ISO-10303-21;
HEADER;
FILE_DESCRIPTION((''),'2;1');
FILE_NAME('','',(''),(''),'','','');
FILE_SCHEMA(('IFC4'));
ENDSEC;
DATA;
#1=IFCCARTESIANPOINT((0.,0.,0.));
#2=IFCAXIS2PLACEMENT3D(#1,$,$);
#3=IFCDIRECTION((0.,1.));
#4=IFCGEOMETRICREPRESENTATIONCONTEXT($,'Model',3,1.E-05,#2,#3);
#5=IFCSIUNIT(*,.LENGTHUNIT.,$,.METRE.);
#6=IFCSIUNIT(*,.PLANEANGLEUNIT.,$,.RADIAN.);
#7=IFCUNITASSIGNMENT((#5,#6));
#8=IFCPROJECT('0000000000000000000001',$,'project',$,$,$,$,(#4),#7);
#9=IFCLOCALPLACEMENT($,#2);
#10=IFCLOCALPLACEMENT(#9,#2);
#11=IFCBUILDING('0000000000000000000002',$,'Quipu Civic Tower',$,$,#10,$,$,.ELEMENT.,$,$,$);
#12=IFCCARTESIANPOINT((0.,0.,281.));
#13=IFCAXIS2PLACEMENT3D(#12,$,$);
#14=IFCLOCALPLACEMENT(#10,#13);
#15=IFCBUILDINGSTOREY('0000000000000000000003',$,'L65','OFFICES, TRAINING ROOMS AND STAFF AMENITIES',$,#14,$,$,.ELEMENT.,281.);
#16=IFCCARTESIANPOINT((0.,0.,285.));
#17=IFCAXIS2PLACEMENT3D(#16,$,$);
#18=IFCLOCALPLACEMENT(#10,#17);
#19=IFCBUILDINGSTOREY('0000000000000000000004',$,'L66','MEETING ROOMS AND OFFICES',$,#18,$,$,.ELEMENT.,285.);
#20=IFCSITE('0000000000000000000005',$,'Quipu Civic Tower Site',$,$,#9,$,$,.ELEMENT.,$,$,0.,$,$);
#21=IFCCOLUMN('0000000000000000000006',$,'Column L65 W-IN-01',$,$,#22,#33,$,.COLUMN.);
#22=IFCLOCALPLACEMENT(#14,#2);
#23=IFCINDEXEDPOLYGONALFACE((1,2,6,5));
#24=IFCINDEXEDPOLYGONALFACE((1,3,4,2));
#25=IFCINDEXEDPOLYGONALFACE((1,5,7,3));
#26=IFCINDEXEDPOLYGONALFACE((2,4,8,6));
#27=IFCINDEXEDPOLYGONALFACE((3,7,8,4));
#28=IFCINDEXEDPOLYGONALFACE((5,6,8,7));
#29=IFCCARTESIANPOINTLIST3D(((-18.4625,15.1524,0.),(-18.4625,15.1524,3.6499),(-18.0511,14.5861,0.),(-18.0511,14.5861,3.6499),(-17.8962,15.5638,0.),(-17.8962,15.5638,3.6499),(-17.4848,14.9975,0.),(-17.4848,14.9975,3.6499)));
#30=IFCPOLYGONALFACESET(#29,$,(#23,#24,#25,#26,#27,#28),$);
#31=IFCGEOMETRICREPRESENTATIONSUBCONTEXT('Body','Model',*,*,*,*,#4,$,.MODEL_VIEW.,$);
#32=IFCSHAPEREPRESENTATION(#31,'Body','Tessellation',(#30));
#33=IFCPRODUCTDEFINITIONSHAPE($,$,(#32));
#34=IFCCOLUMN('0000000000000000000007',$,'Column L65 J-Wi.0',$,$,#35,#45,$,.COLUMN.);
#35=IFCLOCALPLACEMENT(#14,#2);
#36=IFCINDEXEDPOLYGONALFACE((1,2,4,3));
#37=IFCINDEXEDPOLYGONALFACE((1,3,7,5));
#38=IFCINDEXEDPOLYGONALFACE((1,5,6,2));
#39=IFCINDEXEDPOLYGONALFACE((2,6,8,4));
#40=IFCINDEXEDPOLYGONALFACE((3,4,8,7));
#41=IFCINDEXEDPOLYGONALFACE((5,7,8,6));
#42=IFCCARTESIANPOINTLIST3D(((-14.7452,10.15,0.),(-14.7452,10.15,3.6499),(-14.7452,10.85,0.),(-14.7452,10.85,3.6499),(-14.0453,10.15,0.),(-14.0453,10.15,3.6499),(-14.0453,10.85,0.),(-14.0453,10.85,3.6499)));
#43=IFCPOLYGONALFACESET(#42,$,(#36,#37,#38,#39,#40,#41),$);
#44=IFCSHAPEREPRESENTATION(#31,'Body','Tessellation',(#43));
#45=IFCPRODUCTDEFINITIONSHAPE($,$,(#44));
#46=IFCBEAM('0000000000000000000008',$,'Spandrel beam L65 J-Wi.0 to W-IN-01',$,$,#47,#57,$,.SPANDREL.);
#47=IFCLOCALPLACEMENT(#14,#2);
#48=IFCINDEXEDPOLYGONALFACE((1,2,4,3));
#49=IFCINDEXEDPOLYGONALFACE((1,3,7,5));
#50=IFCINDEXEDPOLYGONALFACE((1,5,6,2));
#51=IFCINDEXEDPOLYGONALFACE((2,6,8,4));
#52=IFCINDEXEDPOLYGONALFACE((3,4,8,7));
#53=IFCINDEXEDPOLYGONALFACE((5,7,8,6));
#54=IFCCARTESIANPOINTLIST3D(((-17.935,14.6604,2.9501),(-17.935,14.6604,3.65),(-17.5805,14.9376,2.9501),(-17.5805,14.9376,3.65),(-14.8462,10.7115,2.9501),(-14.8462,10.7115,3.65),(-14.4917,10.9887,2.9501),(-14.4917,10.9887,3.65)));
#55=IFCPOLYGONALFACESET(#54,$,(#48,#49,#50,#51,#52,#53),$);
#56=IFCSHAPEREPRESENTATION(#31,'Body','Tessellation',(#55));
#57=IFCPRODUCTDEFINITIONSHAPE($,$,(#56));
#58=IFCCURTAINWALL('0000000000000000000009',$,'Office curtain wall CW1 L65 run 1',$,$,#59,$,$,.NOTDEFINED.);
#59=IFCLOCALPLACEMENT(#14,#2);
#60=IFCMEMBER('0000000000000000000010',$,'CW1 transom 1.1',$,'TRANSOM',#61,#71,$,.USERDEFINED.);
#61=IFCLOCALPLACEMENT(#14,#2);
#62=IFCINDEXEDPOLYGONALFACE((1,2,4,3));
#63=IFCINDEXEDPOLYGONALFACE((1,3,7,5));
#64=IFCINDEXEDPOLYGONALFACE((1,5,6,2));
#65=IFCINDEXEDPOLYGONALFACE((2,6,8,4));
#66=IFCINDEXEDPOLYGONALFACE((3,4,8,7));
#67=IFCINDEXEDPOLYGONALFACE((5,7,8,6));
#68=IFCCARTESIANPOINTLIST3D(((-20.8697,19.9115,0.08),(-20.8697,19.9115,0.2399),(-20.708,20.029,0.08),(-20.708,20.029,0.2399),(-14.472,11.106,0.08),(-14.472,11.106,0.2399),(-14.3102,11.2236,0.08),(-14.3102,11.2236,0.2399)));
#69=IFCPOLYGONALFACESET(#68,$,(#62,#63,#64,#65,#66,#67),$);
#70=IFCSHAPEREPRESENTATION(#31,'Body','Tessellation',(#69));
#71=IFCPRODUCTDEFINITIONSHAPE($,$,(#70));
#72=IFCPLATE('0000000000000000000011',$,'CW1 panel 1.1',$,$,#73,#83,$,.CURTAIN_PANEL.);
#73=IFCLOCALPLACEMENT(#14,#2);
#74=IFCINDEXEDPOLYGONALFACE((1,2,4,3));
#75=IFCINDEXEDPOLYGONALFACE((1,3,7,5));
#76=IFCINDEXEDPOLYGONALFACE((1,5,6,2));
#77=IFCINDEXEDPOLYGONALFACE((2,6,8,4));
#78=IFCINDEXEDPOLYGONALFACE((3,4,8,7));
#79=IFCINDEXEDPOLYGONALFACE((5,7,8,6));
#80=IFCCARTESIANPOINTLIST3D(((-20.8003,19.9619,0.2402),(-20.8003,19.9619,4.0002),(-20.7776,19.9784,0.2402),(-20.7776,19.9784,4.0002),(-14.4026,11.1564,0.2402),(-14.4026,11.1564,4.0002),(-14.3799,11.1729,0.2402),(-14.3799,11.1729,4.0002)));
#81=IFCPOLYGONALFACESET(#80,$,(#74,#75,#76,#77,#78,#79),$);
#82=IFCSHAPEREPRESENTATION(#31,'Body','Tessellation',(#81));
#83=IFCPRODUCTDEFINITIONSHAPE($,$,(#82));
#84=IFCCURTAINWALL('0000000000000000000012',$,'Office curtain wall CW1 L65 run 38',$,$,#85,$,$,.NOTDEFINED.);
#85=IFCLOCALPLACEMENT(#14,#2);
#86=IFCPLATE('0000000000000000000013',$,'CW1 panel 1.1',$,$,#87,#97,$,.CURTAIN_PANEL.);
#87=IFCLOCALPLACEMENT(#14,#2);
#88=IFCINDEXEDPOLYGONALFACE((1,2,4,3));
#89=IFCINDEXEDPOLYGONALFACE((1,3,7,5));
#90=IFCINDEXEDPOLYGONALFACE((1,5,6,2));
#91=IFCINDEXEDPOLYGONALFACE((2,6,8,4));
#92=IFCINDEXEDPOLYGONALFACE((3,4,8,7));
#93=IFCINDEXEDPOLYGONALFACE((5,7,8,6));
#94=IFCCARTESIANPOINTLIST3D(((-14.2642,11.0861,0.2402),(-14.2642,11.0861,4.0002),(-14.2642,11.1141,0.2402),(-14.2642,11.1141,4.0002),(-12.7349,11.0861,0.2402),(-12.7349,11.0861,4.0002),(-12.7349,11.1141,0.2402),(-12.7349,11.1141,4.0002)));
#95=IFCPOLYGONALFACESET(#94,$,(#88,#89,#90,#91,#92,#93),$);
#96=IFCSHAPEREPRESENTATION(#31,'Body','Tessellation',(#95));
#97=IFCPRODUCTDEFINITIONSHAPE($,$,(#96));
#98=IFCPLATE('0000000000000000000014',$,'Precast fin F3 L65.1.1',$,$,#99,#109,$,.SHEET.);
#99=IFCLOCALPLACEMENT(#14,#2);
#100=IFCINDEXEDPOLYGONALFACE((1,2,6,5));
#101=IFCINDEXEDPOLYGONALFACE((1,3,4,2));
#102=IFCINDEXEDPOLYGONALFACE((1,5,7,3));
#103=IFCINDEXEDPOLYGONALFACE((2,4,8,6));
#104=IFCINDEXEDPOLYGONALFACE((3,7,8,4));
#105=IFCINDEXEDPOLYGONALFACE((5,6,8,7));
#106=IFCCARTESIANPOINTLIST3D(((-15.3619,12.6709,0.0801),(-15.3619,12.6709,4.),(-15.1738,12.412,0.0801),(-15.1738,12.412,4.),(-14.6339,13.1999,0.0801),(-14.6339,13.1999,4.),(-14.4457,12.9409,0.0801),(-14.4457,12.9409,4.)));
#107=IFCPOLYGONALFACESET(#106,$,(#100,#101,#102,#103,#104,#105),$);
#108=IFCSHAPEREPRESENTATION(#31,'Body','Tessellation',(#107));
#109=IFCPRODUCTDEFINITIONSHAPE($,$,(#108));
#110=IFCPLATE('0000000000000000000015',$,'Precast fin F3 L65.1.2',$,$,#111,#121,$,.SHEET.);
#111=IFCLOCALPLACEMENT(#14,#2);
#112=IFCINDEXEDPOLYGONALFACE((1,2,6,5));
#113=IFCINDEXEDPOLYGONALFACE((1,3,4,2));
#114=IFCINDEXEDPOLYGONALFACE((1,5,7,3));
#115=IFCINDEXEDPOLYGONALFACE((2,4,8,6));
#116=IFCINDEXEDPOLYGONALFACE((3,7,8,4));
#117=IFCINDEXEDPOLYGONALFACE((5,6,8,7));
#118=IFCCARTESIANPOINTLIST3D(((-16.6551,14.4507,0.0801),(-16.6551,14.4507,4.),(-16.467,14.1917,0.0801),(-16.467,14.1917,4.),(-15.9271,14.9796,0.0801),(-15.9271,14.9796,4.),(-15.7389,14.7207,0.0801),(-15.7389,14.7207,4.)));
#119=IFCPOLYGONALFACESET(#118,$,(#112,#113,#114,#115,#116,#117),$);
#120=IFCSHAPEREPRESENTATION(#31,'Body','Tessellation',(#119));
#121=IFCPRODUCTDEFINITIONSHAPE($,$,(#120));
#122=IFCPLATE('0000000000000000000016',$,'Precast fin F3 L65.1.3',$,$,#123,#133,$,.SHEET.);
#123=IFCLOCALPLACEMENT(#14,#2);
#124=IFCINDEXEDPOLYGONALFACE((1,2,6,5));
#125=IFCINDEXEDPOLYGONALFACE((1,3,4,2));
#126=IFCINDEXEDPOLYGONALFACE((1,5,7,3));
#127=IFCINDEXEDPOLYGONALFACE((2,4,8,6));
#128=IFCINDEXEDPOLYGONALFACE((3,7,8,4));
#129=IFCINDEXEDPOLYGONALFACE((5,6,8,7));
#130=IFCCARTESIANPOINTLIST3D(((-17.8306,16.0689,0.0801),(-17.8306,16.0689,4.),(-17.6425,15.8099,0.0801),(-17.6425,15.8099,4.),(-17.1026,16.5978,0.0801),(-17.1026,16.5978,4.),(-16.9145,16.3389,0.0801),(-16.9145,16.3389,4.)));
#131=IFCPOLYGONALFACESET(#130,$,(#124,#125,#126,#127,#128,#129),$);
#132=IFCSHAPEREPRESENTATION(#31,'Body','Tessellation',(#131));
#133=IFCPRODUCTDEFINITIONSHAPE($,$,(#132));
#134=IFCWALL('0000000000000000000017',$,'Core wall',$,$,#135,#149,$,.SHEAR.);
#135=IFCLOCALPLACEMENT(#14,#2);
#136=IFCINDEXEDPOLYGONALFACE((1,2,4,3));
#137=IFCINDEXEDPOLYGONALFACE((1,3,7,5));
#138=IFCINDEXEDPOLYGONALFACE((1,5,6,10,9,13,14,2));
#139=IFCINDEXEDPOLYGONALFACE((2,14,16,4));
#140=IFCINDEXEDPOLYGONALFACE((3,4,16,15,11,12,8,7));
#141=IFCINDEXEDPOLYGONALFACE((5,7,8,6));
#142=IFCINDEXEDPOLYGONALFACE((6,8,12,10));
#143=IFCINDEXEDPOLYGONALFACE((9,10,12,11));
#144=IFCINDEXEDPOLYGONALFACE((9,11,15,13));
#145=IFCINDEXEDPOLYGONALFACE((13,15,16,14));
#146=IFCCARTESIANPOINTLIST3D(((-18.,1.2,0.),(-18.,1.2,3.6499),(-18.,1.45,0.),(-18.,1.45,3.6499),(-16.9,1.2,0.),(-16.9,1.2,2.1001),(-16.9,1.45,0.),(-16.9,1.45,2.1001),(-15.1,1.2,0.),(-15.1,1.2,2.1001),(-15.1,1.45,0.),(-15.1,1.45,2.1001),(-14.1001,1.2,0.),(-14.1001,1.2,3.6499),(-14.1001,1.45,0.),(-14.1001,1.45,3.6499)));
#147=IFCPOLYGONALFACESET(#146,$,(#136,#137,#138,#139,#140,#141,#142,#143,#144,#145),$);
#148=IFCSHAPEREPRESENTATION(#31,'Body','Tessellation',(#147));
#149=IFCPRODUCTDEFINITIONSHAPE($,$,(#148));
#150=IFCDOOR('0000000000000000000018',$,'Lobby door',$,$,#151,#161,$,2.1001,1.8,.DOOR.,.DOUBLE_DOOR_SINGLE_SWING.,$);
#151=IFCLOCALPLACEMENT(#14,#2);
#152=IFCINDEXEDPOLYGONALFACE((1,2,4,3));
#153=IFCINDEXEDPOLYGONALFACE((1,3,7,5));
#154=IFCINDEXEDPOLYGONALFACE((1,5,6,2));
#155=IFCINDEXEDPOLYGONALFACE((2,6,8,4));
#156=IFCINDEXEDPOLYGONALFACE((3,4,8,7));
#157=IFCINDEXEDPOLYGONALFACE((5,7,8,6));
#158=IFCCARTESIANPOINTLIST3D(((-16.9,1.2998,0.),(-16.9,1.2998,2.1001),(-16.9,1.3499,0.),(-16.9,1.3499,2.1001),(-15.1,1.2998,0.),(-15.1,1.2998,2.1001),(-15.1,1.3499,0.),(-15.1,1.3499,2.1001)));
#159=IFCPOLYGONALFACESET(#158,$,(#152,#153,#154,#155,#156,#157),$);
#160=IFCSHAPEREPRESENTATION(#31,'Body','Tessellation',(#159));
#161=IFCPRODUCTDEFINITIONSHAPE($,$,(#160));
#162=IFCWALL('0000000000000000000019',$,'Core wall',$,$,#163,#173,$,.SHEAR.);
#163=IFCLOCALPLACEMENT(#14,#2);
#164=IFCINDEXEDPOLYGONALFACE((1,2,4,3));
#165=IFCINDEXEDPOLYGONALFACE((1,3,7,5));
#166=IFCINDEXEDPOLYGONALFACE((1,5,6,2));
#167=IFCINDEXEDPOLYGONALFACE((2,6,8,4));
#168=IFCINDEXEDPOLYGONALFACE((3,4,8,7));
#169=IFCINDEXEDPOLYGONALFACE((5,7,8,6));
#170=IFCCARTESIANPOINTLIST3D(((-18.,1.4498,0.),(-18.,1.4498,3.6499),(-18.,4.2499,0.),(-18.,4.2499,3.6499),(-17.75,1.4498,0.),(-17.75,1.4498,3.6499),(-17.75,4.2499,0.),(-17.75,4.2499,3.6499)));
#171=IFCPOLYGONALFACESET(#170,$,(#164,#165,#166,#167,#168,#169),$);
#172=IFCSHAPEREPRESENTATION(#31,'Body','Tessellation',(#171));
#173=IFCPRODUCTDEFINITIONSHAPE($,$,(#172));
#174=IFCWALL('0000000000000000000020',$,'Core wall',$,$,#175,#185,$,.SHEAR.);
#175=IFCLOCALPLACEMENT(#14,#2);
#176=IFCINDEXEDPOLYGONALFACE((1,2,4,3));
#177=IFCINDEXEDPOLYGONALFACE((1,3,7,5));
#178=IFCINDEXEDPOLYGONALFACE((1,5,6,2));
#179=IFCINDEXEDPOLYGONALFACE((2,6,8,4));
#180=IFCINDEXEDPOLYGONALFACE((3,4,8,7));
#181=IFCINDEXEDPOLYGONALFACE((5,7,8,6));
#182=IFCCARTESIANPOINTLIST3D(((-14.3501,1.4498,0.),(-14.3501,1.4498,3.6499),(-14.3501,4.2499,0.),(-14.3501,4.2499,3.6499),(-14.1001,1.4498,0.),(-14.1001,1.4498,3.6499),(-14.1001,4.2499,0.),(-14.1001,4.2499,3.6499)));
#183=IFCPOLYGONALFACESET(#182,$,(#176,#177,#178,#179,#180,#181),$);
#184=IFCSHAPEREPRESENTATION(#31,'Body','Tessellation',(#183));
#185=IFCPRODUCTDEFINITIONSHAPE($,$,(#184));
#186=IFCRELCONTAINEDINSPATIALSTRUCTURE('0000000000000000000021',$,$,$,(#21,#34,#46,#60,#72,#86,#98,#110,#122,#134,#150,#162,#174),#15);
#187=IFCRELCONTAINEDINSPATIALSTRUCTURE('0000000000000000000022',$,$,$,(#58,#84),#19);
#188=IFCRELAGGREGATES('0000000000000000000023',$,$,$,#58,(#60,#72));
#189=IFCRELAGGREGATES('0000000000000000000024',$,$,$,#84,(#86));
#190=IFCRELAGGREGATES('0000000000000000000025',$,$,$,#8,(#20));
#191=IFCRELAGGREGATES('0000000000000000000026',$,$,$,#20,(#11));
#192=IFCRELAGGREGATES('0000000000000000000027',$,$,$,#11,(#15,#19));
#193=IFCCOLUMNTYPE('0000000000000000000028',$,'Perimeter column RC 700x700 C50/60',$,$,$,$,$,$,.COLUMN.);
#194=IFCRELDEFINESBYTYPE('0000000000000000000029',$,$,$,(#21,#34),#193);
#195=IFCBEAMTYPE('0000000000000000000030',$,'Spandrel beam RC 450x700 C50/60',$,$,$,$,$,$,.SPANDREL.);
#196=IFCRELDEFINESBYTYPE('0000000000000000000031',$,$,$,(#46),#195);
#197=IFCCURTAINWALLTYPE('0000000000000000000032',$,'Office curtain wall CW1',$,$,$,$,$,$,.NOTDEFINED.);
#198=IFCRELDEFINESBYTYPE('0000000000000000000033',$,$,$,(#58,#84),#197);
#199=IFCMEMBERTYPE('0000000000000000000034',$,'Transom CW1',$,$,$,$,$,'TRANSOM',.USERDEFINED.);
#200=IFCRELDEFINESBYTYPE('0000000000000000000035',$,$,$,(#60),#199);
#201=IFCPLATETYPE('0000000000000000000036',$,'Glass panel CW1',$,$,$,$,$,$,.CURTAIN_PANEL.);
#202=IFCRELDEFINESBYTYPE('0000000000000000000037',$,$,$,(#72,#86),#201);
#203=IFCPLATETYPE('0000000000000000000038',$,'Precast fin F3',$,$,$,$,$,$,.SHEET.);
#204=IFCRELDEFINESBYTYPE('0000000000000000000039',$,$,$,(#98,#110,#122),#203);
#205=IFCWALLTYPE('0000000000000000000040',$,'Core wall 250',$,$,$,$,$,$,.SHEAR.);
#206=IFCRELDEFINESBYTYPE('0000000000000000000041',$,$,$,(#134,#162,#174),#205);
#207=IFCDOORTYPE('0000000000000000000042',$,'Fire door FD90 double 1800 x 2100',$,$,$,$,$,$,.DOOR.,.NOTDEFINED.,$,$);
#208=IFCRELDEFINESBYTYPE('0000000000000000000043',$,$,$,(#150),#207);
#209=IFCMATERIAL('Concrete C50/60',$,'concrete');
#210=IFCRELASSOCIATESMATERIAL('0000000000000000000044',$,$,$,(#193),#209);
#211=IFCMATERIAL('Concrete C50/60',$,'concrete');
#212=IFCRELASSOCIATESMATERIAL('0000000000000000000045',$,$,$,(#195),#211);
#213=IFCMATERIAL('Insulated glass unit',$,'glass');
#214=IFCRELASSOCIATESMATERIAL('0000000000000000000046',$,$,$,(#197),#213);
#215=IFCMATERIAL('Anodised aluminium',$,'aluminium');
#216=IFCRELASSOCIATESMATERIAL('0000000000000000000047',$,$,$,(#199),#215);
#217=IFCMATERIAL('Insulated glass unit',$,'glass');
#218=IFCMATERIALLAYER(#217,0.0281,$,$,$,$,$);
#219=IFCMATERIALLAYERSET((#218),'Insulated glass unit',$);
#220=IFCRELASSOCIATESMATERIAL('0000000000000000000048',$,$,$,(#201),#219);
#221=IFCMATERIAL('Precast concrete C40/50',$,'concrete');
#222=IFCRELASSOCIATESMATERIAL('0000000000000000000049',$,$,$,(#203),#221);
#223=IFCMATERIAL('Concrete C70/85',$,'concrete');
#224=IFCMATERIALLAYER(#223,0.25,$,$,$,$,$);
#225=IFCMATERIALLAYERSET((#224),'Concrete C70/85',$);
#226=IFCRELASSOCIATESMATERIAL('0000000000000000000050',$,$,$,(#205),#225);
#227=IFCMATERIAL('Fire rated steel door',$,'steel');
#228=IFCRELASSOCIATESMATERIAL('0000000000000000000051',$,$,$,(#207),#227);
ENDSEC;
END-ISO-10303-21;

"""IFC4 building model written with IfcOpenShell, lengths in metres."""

from ifc_helpers import new_model, si_unit, direction, frame, frame_2d, origin, origin_2d, place, context, subcontext, project, spatial, rectangle, extrude, material, layer, layer_set, material_profile, profile_set, type_object, element, fill, aggregate, save


model = new_model("IFC4")

# Units and contexts
model_context = context("Model", 3, precision=1e-05, world=origin(), true_north=direction((0.0, 1.0)))
body_context = subcontext(model_context, "Body", "Model", "MODEL_VIEW")
ifc_project = project(units=[si_unit("LENGTHUNIT", "METRE"), si_unit("PLANEANGLEUNIT", "RADIAN")], contexts=[model_context])

# Site, building, storey
site_placement = place(None, origin())
site = spatial("IfcSite", under=ifc_project, at=site_placement, Name="Quipu Civic Tower Site", CompositionType="ELEMENT", RefElevation=0.0)
building_placement = place(site_placement, origin())
building = spatial("IfcBuilding", under=site, at=building_placement, Name="Quipu Civic Tower", CompositionType="ELEMENT")
storey_1_placement = place(building_placement, frame((0.0, 0.0, 281.0)))
storey_1 = spatial("IfcBuildingStorey", under=building, at=storey_1_placement, Name="L65", Description="OFFICES, TRAINING ROOMS AND STAFF AMENITIES", CompositionType="ELEMENT", Elevation=281.0)

# Columns
ifc_material_1 = material(Name="Concrete C50/60", Category="concrete")
ifc_material_profile_1 = material_profile(ifc_material_1, rectangle(XDim=0.7, YDim=0.7, at=origin_2d()), Name="RC700x700")
ifc_profile_set_1 = profile_set([ifc_material_profile_1], Name="Concrete C50/60")
column_type = type_object("IfcColumnType", Name="Perimeter column RC 700x700 C50/60", PredefinedType="COLUMN", material=ifc_profile_set_1)
for number, where, z_axis, x_axis, name in (
    (1, (-17.9736, 15.075, 0.0), (0.0, 0.0, 1.0), (-0.587785, 0.809017, 0.0), "Column L65 W-IN-01"),
    (2, (-14.3953, 10.5, 0.0), (0.0, 0.0, 1.0), (-1.0, 0.0, 0.0), "Column L65 J-Wi.0"),
):
    element("IfcColumn", number, at=place(storey_1_placement, frame(where, z_axis=z_axis, x_axis=x_axis)), inside=storey_1, type_object=column_type, Name=name, PredefinedType="COLUMN", context=body_context, shape_type="SweptSolid", body=[
        extrude(rectangle(XDim=0.7, YDim=0.7, at=origin_2d()), origin(), (0.0, 0.0, 1.0), 3.6499),
    ])

# Beam
ifc_material_2 = material(Name="Concrete C50/60", Category="concrete")
ifc_material_profile_2 = material_profile(ifc_material_2, rectangle(XDim=0.45, YDim=0.7, at=origin_2d()), Name="RC450x700")
ifc_profile_set_2 = profile_set([ifc_material_profile_2], Name="Concrete C50/60")
beam_type = type_object("IfcBeamType", Name="Spandrel beam RC 450x700 C50/60", PredefinedType="SPANDREL", material=ifc_profile_set_2)
beam_placement = place(storey_1_placement, frame((-14.6689, 10.8501, 3.3), z_axis=(-0.616106, 0.787663, 0.0), x_axis=(-0.787663, -0.616106, 0.0)))
element("IfcBeam", 3, at=beam_placement, inside=storey_1, type_object=beam_type, Name="Spandrel beam L65 J-Wi.0 to W-IN-01", PredefinedType="SPANDREL", context=body_context, shape_type="SweptSolid", body=[
    extrude(rectangle(XDim=0.45, YDim=0.7, at=origin_2d()), origin(), (0.0, 0.0, 1.0), 5.0134),
])

# Shared definitions
storey_2_placement = place(building_placement, frame((0.0, 0.0, 285.0)))
storey_2 = spatial("IfcBuildingStorey", under=building, at=storey_2_placement, Name="L66", Description="MEETING ROOMS AND OFFICES", CompositionType="ELEMENT", Elevation=285.0)

# Curtain wall, member, plate
ifc_material_3 = material(Name="Insulated glass unit", Category="glass")
curtain_wall_type = type_object("IfcCurtainWallType", Name="Office curtain wall CW1", PredefinedType="NOTDEFINED", material=ifc_material_3)
curtain_wall_1_placement = place(storey_2_placement, origin())
curtain_wall_1 = element("IfcCurtainWall", 4, at=curtain_wall_1_placement, inside=storey_2, type_object=curtain_wall_type, Name="Office curtain wall CW1 L65 run 1", PredefinedType="NOTDEFINED")
ifc_material_4 = material(Name="Anodised aluminium", Category="aluminium")
ifc_material_profile_3 = material_profile(ifc_material_4, rectangle(XDim=0.2, YDim=0.1599, at=origin_2d()), Name="RECT 200x160")
ifc_profile_set_3 = profile_set([ifc_material_profile_3], Name="Anodised aluminium")
member_type = type_object("IfcMemberType", Name="Transom CW1", ElementType="TRANSOM", PredefinedType="USERDEFINED", material=ifc_profile_set_3)
member_placement = place(storey_1_placement, frame((-14.3911, 11.1648, 0.1599), z_axis=(-0.587797, 0.809009, 0.0), x_axis=(-0.809009, -0.587797, 0.0)))
member = element("IfcMember", 5, at=member_placement, inside=storey_1, type_object=member_type, Name="CW1 transom 1.1", ObjectType="TRANSOM", PredefinedType="USERDEFINED", context=body_context, shape_type="SweptSolid", body=[
    extrude(rectangle(XDim=0.2, YDim=0.1599, at=origin_2d()), origin(), (0.0, 0.0, 1.0), 10.8843),
])
ifc_material_5 = material(Name="Insulated glass unit", Category="glass")
ifc_layer_1 = layer(ifc_material_5, 0.0281)
ifc_layer_set_1 = layer_set([ifc_layer_1], Name="Insulated glass unit")
plate_type_1 = type_object("IfcPlateType", Name="Glass panel CW1", PredefinedType="CURTAIN_PANEL", material=ifc_layer_set_1)
plate_1_placement = place(storey_1_placement, frame((-17.5901, 15.5674, 0.2402), z_axis=(0.0, 0.0, 1.0), x_axis=(-0.587788, 0.809015, 0.0)))
plate_1 = element("IfcPlate", 6, at=plate_1_placement, inside=storey_1, type_object=plate_type_1, Name="CW1 panel 1.1", PredefinedType="CURTAIN_PANEL", context=body_context, shape_type="SweptSolid", body=[
    extrude(rectangle(XDim=10.8843, YDim=0.0281, at=origin_2d()), origin(), (0.0, 0.0, 1.0), 3.76),
])
aggregate(curtain_wall_1, [member, plate_1])

# Curtain wall, plate
curtain_wall_2_placement = place(storey_2_placement, origin())
curtain_wall_2 = element("IfcCurtainWall", 7, at=curtain_wall_2_placement, inside=storey_2, type_object=curtain_wall_type, Name="Office curtain wall CW1 L65 run 38", PredefinedType="NOTDEFINED")
plate_2_placement = place(storey_1_placement, frame((-13.4995, 11.1001, 0.2402), z_axis=(0.0, 0.0, 1.0), x_axis=(-1.0, 0.0, 0.0)))
plate_2 = element("IfcPlate", 8, at=plate_2_placement, inside=storey_1, type_object=plate_type_1, Name="CW1 panel 1.1", PredefinedType="CURTAIN_PANEL", context=body_context, shape_type="SweptSolid", body=[
    extrude(rectangle(XDim=1.5293, YDim=0.0281, at=origin_2d()), origin(), (0.0, 0.0, 1.0), 3.76),
])
aggregate(curtain_wall_2, [plate_2])

# Plates
ifc_material_6 = material(Name="Precast concrete C40/50", Category="concrete")
plate_type_2 = type_object("IfcPlateType", Name="Precast fin F3", PredefinedType="SHEET", material=ifc_material_6)
for number, where, z_axis, x_axis, name in (
    (9, (-14.9038, 12.8059, 0.0801), (0.0, 0.0, 1.0), (-0.587784, 0.809018, 0.0), "Precast fin F3 L65.1.1"),
    (10, (-16.197, 14.5857, 0.0801), (0.0, 0.0, 1.0), (-0.587784, 0.809018, 0.0), "Precast fin F3 L65.1.2"),
    (11, (-17.3726, 16.2039, 0.0801), (0.0, 0.0, 1.0), (-0.587784, 0.809018, 0.0), "Precast fin F3 L65.1.3"),
):
    element("IfcPlate", number, at=place(storey_1_placement, frame(where, z_axis=z_axis, x_axis=x_axis)), inside=storey_1, type_object=plate_type_2, Name=name, PredefinedType="SHEET", context=body_context, shape_type="SweptSolid", body=[
        extrude(rectangle(XDim=0.3201, YDim=0.8999, at=origin_2d()), origin(), (0.0, 0.0, 1.0), 3.9199),
    ])

# Wall, opening, door
ifc_material_7 = material(Name="Concrete C70/85", Category="concrete")
ifc_layer_2 = layer(ifc_material_7, 0.25)
ifc_layer_set_2 = layer_set([ifc_layer_2], Name="Concrete C70/85")
wall_type_1 = type_object("IfcWallType", Name="Core wall 250", PredefinedType="SHEAR", material=ifc_layer_set_2)
wall_1_placement = place(storey_1_placement, frame((-18.0, 1.325, 0.0), z_axis=(0.0, 0.0, 1.0), x_axis=(1.0, 0.0, 0.0)))
wall_1 = element("IfcWall", 12, at=wall_1_placement, inside=storey_1, type_object=wall_type_1, Name="Core wall", PredefinedType="SHEAR", context=body_context, shape_type="SweptSolid", body=[
    extrude(rectangle(XDim=3.8999, YDim=0.25, at=frame_2d((1.95, 0.0))), origin(), (0.0, 0.0, 1.0), 3.6499),
])
opening_1_placement = place(wall_1_placement, frame((1.1001, 0.0, 0.0)))
opening_1 = element("IfcOpeningElement", 13, at=opening_1_placement, cuts=wall_1, PredefinedType="OPENING", context=body_context, shape_type="SweptSolid", body=[
    extrude(rectangle(XDim=1.8, YDim=2.1001, at=frame_2d((0.8999, 1.05))), frame((0.0, 0.135, 0.0), z_axis=(0.0, -1.0, 0.0), x_axis=(1.0, 0.0, 0.0)), (0.0, 0.0, 1.0), 0.27),
])
ifc_material_8 = material(Name="Fire rated steel door", Category="steel")
door_type = type_object("IfcDoorType", Name="Fire door FD90 double 1800 x 2100", OperationType="NOTDEFINED", PredefinedType="DOOR", material=ifc_material_8)
door_1_placement = place(opening_1_placement, origin())
door_1 = element("IfcDoor", 14, at=door_1_placement, inside=storey_1, type_object=door_type, Name="Lobby door", OperationType="DOUBLE_DOOR_SINGLE_SWING", OverallHeight=2.1001, OverallWidth=1.8, PredefinedType="DOOR", context=body_context, shape_type="SweptSolid", body=[
    extrude(rectangle(XDim=1.8, YDim=2.1001, at=frame_2d((0.8999, 1.05))), frame((0.0, 0.0249, 0.0), z_axis=(0.0, -1.0, 0.0), x_axis=(1.0, 0.0, 0.0)), (0.0, 0.0, 1.0), 0.05),
])
fill(opening_1, door_1)

# Walls
for number, where, z_axis, x_axis, name in (
    (15, (-17.875, 1.45, 0.0), (0.0, 0.0, 1.0), (0.0, 1.0, 0.0), "Core wall"),
    (16, (-14.2251, 1.45, 0.0), (0.0, 0.0, 1.0), (0.0, 1.0, 0.0), "Core wall"),
):
    element("IfcWall", number, at=place(storey_1_placement, frame(where, z_axis=z_axis, x_axis=x_axis)), inside=storey_1, type_object=wall_type_1, Name=name, PredefinedType="SHEAR", context=body_context, shape_type="SweptSolid", body=[
        extrude(rectangle(XDim=2.8, YDim=0.25, at=frame_2d((1.3999, 0.0))), origin(), (0.0, 0.0, 1.0), 3.6499),
    ])

save(model, "model.ifc")
